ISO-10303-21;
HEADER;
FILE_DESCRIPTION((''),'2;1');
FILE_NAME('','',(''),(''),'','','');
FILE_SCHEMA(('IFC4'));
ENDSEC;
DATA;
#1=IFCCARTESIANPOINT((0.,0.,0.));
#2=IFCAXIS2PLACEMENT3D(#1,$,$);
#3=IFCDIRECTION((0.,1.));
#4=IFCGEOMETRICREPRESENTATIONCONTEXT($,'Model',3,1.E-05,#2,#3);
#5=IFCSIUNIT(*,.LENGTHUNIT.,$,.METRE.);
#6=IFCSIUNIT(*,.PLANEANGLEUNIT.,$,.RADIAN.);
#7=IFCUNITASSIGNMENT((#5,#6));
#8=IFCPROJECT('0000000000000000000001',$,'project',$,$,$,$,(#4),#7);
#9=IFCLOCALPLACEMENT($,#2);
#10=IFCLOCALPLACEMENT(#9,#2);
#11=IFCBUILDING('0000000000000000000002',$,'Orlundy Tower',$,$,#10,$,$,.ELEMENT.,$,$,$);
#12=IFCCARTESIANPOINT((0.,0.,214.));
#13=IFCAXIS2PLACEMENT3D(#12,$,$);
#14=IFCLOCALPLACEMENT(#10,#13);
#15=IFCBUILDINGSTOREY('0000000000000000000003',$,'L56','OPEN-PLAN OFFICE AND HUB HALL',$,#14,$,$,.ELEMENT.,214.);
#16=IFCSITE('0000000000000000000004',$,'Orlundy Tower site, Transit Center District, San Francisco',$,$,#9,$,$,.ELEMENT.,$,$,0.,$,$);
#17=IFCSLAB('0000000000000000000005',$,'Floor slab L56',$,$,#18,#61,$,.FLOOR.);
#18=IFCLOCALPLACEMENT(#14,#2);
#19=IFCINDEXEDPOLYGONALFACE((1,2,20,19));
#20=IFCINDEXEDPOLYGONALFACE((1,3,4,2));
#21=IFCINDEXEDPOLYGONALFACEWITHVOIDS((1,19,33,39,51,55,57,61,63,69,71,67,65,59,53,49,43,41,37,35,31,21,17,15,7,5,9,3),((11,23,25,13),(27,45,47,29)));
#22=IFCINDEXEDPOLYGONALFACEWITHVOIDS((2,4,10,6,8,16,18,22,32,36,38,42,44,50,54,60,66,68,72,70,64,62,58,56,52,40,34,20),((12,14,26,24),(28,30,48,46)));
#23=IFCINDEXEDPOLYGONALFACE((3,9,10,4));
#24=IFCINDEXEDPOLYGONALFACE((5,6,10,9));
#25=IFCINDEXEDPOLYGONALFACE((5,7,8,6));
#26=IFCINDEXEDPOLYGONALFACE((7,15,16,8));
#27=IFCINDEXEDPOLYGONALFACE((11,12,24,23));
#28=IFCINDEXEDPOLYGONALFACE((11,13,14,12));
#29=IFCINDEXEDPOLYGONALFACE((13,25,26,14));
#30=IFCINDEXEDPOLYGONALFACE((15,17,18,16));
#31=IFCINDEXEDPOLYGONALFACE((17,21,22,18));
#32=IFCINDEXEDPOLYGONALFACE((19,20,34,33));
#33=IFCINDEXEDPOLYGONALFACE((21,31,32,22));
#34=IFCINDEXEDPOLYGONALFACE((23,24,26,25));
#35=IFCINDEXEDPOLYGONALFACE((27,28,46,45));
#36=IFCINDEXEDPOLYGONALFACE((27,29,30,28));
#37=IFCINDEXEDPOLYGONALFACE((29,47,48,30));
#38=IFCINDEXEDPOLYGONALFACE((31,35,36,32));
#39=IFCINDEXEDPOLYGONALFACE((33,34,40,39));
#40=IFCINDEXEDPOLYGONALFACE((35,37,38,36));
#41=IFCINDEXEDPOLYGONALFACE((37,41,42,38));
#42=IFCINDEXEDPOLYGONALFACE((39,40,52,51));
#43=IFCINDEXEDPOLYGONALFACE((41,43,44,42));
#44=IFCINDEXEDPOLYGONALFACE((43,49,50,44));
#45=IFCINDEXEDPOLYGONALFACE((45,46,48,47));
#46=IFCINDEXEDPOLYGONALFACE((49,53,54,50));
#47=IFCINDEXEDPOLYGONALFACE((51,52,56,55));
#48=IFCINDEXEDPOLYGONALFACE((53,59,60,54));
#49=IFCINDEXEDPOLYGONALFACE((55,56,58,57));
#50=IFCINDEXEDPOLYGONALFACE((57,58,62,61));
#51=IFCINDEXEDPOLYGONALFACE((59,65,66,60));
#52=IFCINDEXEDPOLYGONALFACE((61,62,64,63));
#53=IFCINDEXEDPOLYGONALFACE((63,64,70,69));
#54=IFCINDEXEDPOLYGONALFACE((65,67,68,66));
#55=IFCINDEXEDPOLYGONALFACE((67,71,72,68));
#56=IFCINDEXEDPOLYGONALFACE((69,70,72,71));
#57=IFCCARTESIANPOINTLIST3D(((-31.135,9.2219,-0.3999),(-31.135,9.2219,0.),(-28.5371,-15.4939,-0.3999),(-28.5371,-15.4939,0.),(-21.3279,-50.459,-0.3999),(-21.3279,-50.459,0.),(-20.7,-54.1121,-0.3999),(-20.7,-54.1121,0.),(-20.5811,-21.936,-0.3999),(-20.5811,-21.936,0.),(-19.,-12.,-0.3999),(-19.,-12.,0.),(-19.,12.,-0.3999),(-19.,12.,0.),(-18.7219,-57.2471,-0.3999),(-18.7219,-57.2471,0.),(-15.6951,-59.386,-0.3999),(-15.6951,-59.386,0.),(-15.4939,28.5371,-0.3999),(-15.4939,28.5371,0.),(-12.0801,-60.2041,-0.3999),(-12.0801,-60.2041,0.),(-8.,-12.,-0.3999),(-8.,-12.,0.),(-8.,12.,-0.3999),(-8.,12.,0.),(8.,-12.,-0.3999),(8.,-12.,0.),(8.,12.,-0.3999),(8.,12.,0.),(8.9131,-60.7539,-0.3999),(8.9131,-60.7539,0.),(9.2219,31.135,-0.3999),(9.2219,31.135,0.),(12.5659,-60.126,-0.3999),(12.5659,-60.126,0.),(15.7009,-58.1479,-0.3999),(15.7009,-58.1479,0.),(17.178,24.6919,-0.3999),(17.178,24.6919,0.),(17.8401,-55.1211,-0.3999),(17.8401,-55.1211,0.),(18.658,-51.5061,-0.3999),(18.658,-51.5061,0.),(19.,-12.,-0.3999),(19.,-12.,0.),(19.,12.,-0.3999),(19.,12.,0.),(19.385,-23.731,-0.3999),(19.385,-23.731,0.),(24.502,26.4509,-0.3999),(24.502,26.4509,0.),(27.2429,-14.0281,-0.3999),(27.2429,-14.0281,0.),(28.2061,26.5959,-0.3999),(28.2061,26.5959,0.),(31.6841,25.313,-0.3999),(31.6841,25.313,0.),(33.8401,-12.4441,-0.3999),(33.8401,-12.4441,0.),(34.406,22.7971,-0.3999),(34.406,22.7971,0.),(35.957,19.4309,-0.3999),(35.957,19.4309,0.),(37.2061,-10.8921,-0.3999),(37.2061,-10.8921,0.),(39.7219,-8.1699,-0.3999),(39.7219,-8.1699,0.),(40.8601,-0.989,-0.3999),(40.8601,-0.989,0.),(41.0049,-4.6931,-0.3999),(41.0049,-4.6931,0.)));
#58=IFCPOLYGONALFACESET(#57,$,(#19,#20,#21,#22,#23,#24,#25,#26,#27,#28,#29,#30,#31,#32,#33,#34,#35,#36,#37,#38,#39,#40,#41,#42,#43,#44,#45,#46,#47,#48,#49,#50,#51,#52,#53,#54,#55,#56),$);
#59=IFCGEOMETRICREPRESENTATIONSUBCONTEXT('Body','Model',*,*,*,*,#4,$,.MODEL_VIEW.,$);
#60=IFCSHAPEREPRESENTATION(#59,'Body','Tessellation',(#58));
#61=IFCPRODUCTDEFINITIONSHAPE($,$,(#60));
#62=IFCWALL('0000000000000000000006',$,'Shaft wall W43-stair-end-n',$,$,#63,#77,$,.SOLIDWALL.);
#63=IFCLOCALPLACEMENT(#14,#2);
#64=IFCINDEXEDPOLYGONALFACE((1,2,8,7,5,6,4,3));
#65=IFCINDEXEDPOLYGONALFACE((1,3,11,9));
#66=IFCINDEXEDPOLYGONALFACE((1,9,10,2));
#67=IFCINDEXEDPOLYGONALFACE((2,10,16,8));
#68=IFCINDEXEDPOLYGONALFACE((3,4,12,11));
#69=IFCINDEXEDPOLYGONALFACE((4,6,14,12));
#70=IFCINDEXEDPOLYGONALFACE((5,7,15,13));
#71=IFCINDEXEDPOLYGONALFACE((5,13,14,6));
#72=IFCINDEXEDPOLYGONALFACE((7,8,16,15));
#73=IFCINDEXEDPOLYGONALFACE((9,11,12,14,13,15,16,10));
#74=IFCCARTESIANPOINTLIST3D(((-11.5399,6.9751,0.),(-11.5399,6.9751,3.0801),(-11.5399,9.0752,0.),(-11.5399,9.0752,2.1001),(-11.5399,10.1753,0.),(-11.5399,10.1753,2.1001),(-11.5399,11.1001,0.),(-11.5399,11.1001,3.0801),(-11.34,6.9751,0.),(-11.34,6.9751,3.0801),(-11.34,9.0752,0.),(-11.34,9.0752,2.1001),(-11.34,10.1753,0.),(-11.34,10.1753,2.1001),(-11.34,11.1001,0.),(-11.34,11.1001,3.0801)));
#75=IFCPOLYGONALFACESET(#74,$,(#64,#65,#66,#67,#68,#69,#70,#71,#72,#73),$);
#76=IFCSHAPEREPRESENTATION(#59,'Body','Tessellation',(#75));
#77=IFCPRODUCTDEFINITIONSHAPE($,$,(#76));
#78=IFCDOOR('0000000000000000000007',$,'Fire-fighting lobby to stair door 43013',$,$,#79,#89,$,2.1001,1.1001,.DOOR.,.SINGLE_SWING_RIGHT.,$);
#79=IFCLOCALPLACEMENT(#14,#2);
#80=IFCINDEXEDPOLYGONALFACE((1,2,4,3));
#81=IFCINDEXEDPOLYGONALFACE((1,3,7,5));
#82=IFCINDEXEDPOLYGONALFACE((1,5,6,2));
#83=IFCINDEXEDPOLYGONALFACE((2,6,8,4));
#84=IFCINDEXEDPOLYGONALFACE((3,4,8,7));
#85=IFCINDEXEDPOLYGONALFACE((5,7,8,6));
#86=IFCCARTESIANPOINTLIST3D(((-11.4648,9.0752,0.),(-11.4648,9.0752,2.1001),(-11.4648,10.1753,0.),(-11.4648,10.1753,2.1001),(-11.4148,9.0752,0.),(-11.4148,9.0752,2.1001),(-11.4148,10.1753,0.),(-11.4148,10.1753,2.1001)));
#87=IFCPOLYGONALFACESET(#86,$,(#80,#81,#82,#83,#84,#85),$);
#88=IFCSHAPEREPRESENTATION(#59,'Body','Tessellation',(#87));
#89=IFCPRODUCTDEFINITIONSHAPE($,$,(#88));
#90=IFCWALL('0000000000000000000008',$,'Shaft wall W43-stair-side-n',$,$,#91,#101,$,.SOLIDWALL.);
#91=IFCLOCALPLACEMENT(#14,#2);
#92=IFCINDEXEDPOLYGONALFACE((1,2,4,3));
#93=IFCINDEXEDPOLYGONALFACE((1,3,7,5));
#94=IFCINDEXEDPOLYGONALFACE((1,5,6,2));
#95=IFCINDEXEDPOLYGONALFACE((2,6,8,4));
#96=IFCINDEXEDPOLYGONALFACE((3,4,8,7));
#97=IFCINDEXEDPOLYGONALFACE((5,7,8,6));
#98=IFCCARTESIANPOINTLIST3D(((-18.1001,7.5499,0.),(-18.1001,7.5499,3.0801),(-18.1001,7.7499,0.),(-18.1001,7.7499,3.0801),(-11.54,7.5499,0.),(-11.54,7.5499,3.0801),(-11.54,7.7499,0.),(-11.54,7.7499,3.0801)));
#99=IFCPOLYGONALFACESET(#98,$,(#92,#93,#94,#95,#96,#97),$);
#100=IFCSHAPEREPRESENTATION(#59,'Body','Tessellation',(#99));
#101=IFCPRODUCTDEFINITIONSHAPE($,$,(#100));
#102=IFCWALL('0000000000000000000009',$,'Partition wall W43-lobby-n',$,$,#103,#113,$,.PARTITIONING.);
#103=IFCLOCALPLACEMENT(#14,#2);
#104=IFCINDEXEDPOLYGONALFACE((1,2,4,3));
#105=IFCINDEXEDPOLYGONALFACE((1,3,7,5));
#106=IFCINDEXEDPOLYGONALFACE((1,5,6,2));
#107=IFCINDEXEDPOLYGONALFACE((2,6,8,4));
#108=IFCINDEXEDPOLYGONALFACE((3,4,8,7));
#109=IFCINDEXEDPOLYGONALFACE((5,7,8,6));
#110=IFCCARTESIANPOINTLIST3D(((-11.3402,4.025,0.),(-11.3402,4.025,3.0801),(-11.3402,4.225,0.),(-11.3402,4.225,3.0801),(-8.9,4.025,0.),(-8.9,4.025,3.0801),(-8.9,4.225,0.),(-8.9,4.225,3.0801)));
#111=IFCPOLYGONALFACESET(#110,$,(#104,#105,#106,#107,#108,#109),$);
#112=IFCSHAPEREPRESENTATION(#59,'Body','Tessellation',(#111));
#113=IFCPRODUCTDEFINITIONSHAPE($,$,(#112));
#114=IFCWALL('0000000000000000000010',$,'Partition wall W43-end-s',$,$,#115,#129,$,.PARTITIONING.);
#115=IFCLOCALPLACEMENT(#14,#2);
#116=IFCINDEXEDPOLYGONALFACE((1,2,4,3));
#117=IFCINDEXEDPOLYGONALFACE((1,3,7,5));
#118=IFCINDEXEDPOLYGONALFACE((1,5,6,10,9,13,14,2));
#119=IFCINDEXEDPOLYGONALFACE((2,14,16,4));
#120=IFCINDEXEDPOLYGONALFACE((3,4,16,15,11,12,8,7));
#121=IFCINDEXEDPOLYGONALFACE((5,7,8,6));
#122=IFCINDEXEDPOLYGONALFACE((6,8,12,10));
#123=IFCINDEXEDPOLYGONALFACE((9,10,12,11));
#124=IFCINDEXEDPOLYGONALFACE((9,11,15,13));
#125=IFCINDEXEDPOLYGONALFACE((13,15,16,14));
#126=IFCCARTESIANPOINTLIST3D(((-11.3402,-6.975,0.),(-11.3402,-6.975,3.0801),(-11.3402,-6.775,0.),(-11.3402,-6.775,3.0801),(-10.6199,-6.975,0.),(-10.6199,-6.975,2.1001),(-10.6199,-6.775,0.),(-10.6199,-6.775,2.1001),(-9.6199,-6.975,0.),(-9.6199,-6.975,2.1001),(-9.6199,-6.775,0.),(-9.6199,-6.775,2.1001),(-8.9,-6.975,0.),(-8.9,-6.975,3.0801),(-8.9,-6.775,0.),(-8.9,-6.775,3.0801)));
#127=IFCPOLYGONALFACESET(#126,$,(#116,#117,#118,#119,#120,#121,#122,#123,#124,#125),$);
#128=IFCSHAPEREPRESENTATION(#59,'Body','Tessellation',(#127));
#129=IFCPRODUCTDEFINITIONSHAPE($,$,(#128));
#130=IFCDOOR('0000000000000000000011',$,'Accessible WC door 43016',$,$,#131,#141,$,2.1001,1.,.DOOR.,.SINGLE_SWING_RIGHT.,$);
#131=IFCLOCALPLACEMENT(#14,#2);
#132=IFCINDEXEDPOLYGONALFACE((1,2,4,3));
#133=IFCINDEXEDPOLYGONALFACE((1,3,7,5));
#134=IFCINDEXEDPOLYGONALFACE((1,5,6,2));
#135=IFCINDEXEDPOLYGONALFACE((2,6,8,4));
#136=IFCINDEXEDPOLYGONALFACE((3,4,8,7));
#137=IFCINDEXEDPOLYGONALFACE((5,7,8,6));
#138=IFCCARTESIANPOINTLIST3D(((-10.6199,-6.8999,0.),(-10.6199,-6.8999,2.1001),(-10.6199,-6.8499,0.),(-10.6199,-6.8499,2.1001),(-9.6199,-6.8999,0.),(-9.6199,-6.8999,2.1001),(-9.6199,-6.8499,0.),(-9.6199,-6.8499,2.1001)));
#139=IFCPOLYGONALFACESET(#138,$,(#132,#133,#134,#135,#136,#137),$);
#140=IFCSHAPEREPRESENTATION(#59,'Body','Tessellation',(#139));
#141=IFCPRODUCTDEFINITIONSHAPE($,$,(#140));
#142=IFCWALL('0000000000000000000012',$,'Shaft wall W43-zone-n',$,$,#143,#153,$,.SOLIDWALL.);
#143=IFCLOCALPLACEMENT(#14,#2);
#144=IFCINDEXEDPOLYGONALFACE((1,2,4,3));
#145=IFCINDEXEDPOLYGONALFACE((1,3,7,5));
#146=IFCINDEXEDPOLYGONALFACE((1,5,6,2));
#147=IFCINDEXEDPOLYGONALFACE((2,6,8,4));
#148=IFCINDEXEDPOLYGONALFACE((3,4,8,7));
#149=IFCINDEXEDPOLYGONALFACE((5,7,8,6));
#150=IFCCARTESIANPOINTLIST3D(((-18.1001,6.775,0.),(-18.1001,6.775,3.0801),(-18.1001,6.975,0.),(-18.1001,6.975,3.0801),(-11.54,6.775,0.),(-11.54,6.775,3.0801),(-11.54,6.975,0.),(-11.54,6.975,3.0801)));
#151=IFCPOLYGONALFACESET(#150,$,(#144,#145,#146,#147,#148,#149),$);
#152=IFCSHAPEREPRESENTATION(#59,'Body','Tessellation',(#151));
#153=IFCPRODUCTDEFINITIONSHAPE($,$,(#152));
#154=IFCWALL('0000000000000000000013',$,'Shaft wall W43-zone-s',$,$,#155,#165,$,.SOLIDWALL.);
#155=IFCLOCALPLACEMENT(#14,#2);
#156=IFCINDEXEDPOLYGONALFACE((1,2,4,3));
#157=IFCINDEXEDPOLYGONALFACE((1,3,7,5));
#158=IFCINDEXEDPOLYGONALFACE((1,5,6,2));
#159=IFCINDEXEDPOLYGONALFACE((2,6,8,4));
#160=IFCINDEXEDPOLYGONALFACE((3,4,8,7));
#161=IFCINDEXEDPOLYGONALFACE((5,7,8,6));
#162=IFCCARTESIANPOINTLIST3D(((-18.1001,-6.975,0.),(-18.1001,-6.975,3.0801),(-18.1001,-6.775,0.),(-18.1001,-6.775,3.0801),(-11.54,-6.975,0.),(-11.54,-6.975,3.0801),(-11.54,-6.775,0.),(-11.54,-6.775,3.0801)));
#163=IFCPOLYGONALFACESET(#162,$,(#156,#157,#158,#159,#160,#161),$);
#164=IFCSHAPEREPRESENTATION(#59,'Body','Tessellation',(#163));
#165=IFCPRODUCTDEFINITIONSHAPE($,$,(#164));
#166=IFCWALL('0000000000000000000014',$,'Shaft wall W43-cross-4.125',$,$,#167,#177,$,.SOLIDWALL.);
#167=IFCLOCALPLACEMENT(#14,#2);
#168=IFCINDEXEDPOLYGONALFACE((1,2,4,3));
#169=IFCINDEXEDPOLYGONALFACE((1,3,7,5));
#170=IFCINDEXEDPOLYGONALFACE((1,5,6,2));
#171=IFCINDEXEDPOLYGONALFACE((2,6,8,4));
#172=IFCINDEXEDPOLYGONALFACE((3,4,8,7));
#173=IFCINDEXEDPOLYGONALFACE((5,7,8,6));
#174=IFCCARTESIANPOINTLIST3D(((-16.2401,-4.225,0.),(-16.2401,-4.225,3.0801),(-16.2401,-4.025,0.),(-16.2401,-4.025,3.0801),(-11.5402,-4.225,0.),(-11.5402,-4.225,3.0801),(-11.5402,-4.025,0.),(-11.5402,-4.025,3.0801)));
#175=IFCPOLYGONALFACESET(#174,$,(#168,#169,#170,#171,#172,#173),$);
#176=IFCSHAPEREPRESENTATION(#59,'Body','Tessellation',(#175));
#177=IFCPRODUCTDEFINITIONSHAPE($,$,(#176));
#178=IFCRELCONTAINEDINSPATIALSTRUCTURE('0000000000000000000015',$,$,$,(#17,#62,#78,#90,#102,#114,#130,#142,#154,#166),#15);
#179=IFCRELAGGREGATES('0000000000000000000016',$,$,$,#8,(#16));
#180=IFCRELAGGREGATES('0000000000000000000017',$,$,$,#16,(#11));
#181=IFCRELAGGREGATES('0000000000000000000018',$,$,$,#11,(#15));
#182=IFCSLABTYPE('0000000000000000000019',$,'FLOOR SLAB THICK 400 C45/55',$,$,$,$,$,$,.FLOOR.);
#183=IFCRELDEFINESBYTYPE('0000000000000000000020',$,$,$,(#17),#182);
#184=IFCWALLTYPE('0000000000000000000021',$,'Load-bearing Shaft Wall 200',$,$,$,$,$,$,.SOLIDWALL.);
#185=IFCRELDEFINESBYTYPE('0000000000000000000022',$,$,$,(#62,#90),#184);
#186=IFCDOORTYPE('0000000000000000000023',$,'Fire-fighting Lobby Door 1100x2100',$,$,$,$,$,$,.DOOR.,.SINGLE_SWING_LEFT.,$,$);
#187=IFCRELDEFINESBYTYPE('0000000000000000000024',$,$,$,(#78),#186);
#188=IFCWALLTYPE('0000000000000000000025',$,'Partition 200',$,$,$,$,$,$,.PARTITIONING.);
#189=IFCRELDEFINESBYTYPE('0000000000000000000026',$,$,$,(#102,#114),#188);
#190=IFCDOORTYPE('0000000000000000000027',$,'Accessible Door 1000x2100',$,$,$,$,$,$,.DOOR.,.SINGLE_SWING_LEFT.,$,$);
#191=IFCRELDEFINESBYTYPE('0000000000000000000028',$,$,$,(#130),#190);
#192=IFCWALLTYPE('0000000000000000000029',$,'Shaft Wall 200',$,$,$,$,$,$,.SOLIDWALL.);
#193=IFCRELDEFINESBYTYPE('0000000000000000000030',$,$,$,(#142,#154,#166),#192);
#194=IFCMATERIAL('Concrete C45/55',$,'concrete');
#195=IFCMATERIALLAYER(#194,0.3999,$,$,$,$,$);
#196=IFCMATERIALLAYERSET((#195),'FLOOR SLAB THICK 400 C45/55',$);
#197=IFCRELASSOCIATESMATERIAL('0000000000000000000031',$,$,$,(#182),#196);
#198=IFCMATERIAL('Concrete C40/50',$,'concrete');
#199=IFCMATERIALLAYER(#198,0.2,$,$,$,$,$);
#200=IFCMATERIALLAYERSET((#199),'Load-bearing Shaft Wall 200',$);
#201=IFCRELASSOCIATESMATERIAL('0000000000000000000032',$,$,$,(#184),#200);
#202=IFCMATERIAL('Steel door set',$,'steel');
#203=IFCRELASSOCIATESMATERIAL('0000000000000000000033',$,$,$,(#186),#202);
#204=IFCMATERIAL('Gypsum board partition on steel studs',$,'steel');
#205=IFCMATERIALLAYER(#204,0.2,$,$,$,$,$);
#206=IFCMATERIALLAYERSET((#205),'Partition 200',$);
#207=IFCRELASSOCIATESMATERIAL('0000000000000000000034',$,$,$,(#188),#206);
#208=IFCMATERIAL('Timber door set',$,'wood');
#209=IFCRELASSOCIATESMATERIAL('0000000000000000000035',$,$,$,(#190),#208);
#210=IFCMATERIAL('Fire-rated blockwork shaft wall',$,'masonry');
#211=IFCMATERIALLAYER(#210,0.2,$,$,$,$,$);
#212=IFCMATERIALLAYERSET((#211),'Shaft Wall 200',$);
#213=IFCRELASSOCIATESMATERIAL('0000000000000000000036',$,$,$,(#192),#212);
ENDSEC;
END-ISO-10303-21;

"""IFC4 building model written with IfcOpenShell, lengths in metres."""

from ifc_helpers import new_model, si_unit, direction, frame, frame_2d, origin, place, context, subcontext, project, spatial, polyline, rectangle, outline, extrude, material, layer, layer_set, type_object, element, fill, save


model = new_model("IFC4")

# Units and contexts
model_context = context("Model", 3, precision=1e-05, world=origin(), true_north=direction((0.0, 1.0)))
body_context = subcontext(model_context, "Body", "Model", "MODEL_VIEW")
ifc_project = project(units=[si_unit("LENGTHUNIT", "METRE"), si_unit("PLANEANGLEUNIT", "RADIAN")], contexts=[model_context])

# Site, building, storey
site_placement = place(None, origin())
site = spatial("IfcSite", under=ifc_project, at=site_placement, Name="Orlundy Tower site, Transit Center District, San Francisco", CompositionType="ELEMENT", RefElevation=0.0)
building_placement = place(site_placement, origin())
building = spatial("IfcBuilding", under=site, at=building_placement, Name="Orlundy Tower", CompositionType="ELEMENT")
storey_placement = place(building_placement, frame((0.0, 0.0, 214.0)))
storey = spatial("IfcBuildingStorey", under=building, at=storey_placement, Name="L56", Description="OPEN-PLAN OFFICE AND HUB HALL", CompositionType="ELEMENT", Elevation=214.0)

# Slab
ifc_material_1 = material(Name="Concrete C45/55", Category="concrete")
ifc_layer_1 = layer(ifc_material_1, 0.3999)
ifc_layer_set_1 = layer_set([ifc_layer_1], Name="FLOOR SLAB THICK 400 C45/55")
slab_type_1 = type_object("IfcSlabType", Name="FLOOR SLAB THICK 400 C45/55", PredefinedType="FLOOR", material=ifc_layer_set_1)
slab_1_placement = place(storey_placement, frame((0.0, 0.0, -0.3999)))
element("IfcSlab", 1, at=slab_1_placement, inside=storey, type_object=slab_type_1, Name="Floor slab L56", PredefinedType="FLOOR", context=body_context, shape_type="SweptSolid", body=[
    extrude(outline(polyline([(-20.5811, -21.936), (-28.5371, -15.4939), (-31.135, 9.2219), (-15.4939, 28.5371), (9.2219, 31.135), (17.178, 24.6919), (24.502, 26.4509), (28.2061, 26.5959), (31.6841, 25.313), (34.406, 22.7971), (35.957, 19.4309), (40.8601, -0.989), (41.0049, -4.6931), (39.7219, -8.1699), (37.2061, -10.8921), (33.8401, -12.4441), (27.2429, -14.0281), (19.385, -23.731), (18.658, -51.5061), (17.8401, -55.1211), (15.7009, -58.1479), (12.5659, -60.126), (8.9131, -60.7539), (-12.0801, -60.2041), (-15.6951, -59.386), (-18.7219, -57.2471), (-20.7, -54.1121), (-21.3279, -50.459), (-20.5811, -21.936)]), holes=[polyline([(-8.0, -12.0), (-8.0, 12.0), (-19.0, 12.0), (-19.0, -12.0), (-8.0, -12.0)]), polyline([(19.0, -12.0), (19.0, 12.0), (8.0, 12.0), (8.0, -12.0), (19.0, -12.0)])]), origin(), (0.0, 0.0, 1.0), 0.3999),
])

# Wall, opening, door
ifc_material_2 = material(Name="Concrete C40/50", Category="concrete")
ifc_layer_2 = layer(ifc_material_2, 0.2)
ifc_layer_set_2 = layer_set([ifc_layer_2], Name="Load-bearing Shaft Wall 200")
wall_type_1 = type_object("IfcWallType", Name="Load-bearing Shaft Wall 200", PredefinedType="SOLIDWALL", material=ifc_layer_set_2)
wall_1_placement = place(storey_placement, frame((-11.4399, 6.9751, 0.0), z_axis=(0.0, 0.0, 1.0), x_axis=(0.0, 1.0, 0.0)))
wall_1 = element("IfcWall", 2, at=wall_1_placement, inside=storey, type_object=wall_type_1, Name="Shaft wall W43-stair-end-n", PredefinedType="SOLIDWALL", context=body_context, shape_type="SweptSolid", body=[
    extrude(rectangle(XDim=4.125, YDim=0.2, at=frame_2d((2.0625, 0.0))), origin(), (0.0, 0.0, 1.0), 3.0801),
])
opening_1_placement = place(wall_1_placement, frame((2.1001, 0.0, 0.0)))
opening_1 = element("IfcOpeningElement", 3, at=opening_1_placement, cuts=wall_1, PredefinedType="OPENING", context=body_context, shape_type="SweptSolid", body=[
    extrude(rectangle(XDim=1.1001, YDim=2.1001, at=frame_2d((0.55, 1.05))), frame((0.0, 0.1101, 0.0), z_axis=(0.0, -1.0, 0.0), x_axis=(1.0, 0.0, 0.0)), (0.0, 0.0, 1.0), 0.2202),
])
ifc_material_3 = material(Name="Steel door set", Category="steel")
door_type_1 = type_object("IfcDoorType", Name="Fire-fighting Lobby Door 1100x2100", OperationType="SINGLE_SWING_LEFT", PredefinedType="DOOR", material=ifc_material_3)
door_1_placement = place(opening_1_placement, origin())
door_1 = element("IfcDoor", 4, at=door_1_placement, inside=storey, type_object=door_type_1, Name="Fire-fighting lobby to stair door 43013", OperationType="SINGLE_SWING_RIGHT", OverallHeight=2.1001, OverallWidth=1.1001, PredefinedType="DOOR", context=body_context, shape_type="SweptSolid", body=[
    extrude(rectangle(XDim=1.1001, YDim=2.1001, at=frame_2d((0.55, 1.05))), frame((0.0, 0.0249, 0.0), z_axis=(0.0, -1.0, 0.0), x_axis=(1.0, 0.0, 0.0)), (0.0, 0.0, 1.0), 0.05),
])
fill(opening_1, door_1)

# Walls
wall_2_placement = place(storey_placement, frame((-11.54, 7.6499, 0.0), z_axis=(0.0, 0.0, 1.0), x_axis=(-1.0, 0.0, 0.0)))
element("IfcWall", 5, at=wall_2_placement, inside=storey, type_object=wall_type_1, Name="Shaft wall W43-stair-side-n", PredefinedType="SOLIDWALL", context=body_context, shape_type="SweptSolid", body=[
    extrude(rectangle(XDim=6.5601, YDim=0.2, at=frame_2d((3.28, 0.0))), origin(), (0.0, 0.0, 1.0), 3.0801),
])
ifc_material_4 = material(Name="Gypsum board partition on steel studs", Category="steel")
ifc_layer_3 = layer(ifc_material_4, 0.2)
ifc_layer_set_3 = layer_set([ifc_layer_3], Name="Partition 200")
wall_type_2 = type_object("IfcWallType", Name="Partition 200", PredefinedType="PARTITIONING", material=ifc_layer_set_3)
wall_3_placement = place(storey_placement, frame((-8.8999, 4.125, 0.0), z_axis=(0.0, 0.0, 1.0), x_axis=(-1.0, 0.0, 0.0)))
element("IfcWall", 6, at=wall_3_placement, inside=storey, type_object=wall_type_2, Name="Partition wall W43-lobby-n", PredefinedType="PARTITIONING", context=body_context, shape_type="SweptSolid", body=[
    extrude(rectangle(XDim=2.4402, YDim=0.2, at=frame_2d((1.2202, 0.0))), origin(), (0.0, 0.0, 1.0), 3.0801),
])

# Wall, opening, door
wall_4_placement = place(storey_placement, frame((-8.8999, -6.875, 0.0), z_axis=(0.0, 0.0, 1.0), x_axis=(-1.0, 0.0, 0.0)))
wall_4 = element("IfcWall", 7, at=wall_4_placement, inside=storey, type_object=wall_type_2, Name="Partition wall W43-end-s", PredefinedType="PARTITIONING", context=body_context, shape_type="SweptSolid", body=[
    extrude(rectangle(XDim=2.4402, YDim=0.2, at=frame_2d((1.2202, 0.0))), origin(), (0.0, 0.0, 1.0), 3.0801),
])
opening_2_placement = place(wall_4_placement, frame((0.72, 0.0, 0.0)))
opening_2 = element("IfcOpeningElement", 8, at=opening_2_placement, cuts=wall_4, PredefinedType="OPENING", context=body_context, shape_type="SweptSolid", body=[
    extrude(rectangle(XDim=1.0, YDim=2.1001, at=frame_2d((0.5, 1.05))), frame((0.0, 0.1101, 0.0), z_axis=(0.0, -1.0, 0.0), x_axis=(1.0, 0.0, 0.0)), (0.0, 0.0, 1.0), 0.2202),
])
ifc_material_5 = material(Name="Timber door set", Category="wood")
door_type_2 = type_object("IfcDoorType", Name="Accessible Door 1000x2100", OperationType="SINGLE_SWING_LEFT", PredefinedType="DOOR", material=ifc_material_5)
door_2_placement = place(opening_2_placement, origin())
door_2 = element("IfcDoor", 9, at=door_2_placement, inside=storey, type_object=door_type_2, Name="Accessible WC door 43016", OperationType="SINGLE_SWING_RIGHT", OverallHeight=2.1001, OverallWidth=1.0, PredefinedType="DOOR", context=body_context, shape_type="SweptSolid", body=[
    extrude(rectangle(XDim=1.0, YDim=2.1001, at=frame_2d((0.5, 1.05))), frame((0.0, 0.0249, 0.0), z_axis=(0.0, -1.0, 0.0), x_axis=(1.0, 0.0, 0.0)), (0.0, 0.0, 1.0), 0.05),
])
fill(opening_2, door_2)

# Walls
ifc_material_6 = material(Name="Fire-rated blockwork shaft wall", Category="masonry")
ifc_layer_4 = layer(ifc_material_6, 0.2)
ifc_layer_set_4 = layer_set([ifc_layer_4], Name="Shaft Wall 200")
wall_type_3 = type_object("IfcWallType", Name="Shaft Wall 200", PredefinedType="SOLIDWALL", material=ifc_layer_set_4)
for number, where, z_axis, x_axis, name in (
    (10, (-11.54, 6.875, 0.0), (0.0, 0.0, 1.0), (-1.0, 0.0, 0.0), "Shaft wall W43-zone-n"),
    (11, (-11.54, -6.875, 0.0), (0.0, 0.0, 1.0), (-1.0, 0.0, 0.0), "Shaft wall W43-zone-s"),
):
    element("IfcWall", number, at=place(storey_placement, frame(where, z_axis=z_axis, x_axis=x_axis)), inside=storey, type_object=wall_type_3, Name=name, PredefinedType="SOLIDWALL", context=body_context, shape_type="SweptSolid", body=[
        extrude(rectangle(XDim=6.5601, YDim=0.2, at=frame_2d((3.28, 0.0))), origin(), (0.0, 0.0, 1.0), 3.0801),
    ])
wall_5_placement = place(storey_placement, frame((-11.54, -4.125, 0.0), z_axis=(0.0, 0.0, 1.0), x_axis=(-1.0, 0.0, 0.0)))
element("IfcWall", 12, at=wall_5_placement, inside=storey, type_object=wall_type_3, Name="Shaft wall W43-cross-4.125", PredefinedType="SOLIDWALL", context=body_context, shape_type="SweptSolid", body=[
    extrude(rectangle(XDim=4.7, YDim=0.2, at=frame_2d((2.3501, 0.0))), origin(), (0.0, 0.0, 1.0), 3.0801),
])

save(model, "model.ifc")
